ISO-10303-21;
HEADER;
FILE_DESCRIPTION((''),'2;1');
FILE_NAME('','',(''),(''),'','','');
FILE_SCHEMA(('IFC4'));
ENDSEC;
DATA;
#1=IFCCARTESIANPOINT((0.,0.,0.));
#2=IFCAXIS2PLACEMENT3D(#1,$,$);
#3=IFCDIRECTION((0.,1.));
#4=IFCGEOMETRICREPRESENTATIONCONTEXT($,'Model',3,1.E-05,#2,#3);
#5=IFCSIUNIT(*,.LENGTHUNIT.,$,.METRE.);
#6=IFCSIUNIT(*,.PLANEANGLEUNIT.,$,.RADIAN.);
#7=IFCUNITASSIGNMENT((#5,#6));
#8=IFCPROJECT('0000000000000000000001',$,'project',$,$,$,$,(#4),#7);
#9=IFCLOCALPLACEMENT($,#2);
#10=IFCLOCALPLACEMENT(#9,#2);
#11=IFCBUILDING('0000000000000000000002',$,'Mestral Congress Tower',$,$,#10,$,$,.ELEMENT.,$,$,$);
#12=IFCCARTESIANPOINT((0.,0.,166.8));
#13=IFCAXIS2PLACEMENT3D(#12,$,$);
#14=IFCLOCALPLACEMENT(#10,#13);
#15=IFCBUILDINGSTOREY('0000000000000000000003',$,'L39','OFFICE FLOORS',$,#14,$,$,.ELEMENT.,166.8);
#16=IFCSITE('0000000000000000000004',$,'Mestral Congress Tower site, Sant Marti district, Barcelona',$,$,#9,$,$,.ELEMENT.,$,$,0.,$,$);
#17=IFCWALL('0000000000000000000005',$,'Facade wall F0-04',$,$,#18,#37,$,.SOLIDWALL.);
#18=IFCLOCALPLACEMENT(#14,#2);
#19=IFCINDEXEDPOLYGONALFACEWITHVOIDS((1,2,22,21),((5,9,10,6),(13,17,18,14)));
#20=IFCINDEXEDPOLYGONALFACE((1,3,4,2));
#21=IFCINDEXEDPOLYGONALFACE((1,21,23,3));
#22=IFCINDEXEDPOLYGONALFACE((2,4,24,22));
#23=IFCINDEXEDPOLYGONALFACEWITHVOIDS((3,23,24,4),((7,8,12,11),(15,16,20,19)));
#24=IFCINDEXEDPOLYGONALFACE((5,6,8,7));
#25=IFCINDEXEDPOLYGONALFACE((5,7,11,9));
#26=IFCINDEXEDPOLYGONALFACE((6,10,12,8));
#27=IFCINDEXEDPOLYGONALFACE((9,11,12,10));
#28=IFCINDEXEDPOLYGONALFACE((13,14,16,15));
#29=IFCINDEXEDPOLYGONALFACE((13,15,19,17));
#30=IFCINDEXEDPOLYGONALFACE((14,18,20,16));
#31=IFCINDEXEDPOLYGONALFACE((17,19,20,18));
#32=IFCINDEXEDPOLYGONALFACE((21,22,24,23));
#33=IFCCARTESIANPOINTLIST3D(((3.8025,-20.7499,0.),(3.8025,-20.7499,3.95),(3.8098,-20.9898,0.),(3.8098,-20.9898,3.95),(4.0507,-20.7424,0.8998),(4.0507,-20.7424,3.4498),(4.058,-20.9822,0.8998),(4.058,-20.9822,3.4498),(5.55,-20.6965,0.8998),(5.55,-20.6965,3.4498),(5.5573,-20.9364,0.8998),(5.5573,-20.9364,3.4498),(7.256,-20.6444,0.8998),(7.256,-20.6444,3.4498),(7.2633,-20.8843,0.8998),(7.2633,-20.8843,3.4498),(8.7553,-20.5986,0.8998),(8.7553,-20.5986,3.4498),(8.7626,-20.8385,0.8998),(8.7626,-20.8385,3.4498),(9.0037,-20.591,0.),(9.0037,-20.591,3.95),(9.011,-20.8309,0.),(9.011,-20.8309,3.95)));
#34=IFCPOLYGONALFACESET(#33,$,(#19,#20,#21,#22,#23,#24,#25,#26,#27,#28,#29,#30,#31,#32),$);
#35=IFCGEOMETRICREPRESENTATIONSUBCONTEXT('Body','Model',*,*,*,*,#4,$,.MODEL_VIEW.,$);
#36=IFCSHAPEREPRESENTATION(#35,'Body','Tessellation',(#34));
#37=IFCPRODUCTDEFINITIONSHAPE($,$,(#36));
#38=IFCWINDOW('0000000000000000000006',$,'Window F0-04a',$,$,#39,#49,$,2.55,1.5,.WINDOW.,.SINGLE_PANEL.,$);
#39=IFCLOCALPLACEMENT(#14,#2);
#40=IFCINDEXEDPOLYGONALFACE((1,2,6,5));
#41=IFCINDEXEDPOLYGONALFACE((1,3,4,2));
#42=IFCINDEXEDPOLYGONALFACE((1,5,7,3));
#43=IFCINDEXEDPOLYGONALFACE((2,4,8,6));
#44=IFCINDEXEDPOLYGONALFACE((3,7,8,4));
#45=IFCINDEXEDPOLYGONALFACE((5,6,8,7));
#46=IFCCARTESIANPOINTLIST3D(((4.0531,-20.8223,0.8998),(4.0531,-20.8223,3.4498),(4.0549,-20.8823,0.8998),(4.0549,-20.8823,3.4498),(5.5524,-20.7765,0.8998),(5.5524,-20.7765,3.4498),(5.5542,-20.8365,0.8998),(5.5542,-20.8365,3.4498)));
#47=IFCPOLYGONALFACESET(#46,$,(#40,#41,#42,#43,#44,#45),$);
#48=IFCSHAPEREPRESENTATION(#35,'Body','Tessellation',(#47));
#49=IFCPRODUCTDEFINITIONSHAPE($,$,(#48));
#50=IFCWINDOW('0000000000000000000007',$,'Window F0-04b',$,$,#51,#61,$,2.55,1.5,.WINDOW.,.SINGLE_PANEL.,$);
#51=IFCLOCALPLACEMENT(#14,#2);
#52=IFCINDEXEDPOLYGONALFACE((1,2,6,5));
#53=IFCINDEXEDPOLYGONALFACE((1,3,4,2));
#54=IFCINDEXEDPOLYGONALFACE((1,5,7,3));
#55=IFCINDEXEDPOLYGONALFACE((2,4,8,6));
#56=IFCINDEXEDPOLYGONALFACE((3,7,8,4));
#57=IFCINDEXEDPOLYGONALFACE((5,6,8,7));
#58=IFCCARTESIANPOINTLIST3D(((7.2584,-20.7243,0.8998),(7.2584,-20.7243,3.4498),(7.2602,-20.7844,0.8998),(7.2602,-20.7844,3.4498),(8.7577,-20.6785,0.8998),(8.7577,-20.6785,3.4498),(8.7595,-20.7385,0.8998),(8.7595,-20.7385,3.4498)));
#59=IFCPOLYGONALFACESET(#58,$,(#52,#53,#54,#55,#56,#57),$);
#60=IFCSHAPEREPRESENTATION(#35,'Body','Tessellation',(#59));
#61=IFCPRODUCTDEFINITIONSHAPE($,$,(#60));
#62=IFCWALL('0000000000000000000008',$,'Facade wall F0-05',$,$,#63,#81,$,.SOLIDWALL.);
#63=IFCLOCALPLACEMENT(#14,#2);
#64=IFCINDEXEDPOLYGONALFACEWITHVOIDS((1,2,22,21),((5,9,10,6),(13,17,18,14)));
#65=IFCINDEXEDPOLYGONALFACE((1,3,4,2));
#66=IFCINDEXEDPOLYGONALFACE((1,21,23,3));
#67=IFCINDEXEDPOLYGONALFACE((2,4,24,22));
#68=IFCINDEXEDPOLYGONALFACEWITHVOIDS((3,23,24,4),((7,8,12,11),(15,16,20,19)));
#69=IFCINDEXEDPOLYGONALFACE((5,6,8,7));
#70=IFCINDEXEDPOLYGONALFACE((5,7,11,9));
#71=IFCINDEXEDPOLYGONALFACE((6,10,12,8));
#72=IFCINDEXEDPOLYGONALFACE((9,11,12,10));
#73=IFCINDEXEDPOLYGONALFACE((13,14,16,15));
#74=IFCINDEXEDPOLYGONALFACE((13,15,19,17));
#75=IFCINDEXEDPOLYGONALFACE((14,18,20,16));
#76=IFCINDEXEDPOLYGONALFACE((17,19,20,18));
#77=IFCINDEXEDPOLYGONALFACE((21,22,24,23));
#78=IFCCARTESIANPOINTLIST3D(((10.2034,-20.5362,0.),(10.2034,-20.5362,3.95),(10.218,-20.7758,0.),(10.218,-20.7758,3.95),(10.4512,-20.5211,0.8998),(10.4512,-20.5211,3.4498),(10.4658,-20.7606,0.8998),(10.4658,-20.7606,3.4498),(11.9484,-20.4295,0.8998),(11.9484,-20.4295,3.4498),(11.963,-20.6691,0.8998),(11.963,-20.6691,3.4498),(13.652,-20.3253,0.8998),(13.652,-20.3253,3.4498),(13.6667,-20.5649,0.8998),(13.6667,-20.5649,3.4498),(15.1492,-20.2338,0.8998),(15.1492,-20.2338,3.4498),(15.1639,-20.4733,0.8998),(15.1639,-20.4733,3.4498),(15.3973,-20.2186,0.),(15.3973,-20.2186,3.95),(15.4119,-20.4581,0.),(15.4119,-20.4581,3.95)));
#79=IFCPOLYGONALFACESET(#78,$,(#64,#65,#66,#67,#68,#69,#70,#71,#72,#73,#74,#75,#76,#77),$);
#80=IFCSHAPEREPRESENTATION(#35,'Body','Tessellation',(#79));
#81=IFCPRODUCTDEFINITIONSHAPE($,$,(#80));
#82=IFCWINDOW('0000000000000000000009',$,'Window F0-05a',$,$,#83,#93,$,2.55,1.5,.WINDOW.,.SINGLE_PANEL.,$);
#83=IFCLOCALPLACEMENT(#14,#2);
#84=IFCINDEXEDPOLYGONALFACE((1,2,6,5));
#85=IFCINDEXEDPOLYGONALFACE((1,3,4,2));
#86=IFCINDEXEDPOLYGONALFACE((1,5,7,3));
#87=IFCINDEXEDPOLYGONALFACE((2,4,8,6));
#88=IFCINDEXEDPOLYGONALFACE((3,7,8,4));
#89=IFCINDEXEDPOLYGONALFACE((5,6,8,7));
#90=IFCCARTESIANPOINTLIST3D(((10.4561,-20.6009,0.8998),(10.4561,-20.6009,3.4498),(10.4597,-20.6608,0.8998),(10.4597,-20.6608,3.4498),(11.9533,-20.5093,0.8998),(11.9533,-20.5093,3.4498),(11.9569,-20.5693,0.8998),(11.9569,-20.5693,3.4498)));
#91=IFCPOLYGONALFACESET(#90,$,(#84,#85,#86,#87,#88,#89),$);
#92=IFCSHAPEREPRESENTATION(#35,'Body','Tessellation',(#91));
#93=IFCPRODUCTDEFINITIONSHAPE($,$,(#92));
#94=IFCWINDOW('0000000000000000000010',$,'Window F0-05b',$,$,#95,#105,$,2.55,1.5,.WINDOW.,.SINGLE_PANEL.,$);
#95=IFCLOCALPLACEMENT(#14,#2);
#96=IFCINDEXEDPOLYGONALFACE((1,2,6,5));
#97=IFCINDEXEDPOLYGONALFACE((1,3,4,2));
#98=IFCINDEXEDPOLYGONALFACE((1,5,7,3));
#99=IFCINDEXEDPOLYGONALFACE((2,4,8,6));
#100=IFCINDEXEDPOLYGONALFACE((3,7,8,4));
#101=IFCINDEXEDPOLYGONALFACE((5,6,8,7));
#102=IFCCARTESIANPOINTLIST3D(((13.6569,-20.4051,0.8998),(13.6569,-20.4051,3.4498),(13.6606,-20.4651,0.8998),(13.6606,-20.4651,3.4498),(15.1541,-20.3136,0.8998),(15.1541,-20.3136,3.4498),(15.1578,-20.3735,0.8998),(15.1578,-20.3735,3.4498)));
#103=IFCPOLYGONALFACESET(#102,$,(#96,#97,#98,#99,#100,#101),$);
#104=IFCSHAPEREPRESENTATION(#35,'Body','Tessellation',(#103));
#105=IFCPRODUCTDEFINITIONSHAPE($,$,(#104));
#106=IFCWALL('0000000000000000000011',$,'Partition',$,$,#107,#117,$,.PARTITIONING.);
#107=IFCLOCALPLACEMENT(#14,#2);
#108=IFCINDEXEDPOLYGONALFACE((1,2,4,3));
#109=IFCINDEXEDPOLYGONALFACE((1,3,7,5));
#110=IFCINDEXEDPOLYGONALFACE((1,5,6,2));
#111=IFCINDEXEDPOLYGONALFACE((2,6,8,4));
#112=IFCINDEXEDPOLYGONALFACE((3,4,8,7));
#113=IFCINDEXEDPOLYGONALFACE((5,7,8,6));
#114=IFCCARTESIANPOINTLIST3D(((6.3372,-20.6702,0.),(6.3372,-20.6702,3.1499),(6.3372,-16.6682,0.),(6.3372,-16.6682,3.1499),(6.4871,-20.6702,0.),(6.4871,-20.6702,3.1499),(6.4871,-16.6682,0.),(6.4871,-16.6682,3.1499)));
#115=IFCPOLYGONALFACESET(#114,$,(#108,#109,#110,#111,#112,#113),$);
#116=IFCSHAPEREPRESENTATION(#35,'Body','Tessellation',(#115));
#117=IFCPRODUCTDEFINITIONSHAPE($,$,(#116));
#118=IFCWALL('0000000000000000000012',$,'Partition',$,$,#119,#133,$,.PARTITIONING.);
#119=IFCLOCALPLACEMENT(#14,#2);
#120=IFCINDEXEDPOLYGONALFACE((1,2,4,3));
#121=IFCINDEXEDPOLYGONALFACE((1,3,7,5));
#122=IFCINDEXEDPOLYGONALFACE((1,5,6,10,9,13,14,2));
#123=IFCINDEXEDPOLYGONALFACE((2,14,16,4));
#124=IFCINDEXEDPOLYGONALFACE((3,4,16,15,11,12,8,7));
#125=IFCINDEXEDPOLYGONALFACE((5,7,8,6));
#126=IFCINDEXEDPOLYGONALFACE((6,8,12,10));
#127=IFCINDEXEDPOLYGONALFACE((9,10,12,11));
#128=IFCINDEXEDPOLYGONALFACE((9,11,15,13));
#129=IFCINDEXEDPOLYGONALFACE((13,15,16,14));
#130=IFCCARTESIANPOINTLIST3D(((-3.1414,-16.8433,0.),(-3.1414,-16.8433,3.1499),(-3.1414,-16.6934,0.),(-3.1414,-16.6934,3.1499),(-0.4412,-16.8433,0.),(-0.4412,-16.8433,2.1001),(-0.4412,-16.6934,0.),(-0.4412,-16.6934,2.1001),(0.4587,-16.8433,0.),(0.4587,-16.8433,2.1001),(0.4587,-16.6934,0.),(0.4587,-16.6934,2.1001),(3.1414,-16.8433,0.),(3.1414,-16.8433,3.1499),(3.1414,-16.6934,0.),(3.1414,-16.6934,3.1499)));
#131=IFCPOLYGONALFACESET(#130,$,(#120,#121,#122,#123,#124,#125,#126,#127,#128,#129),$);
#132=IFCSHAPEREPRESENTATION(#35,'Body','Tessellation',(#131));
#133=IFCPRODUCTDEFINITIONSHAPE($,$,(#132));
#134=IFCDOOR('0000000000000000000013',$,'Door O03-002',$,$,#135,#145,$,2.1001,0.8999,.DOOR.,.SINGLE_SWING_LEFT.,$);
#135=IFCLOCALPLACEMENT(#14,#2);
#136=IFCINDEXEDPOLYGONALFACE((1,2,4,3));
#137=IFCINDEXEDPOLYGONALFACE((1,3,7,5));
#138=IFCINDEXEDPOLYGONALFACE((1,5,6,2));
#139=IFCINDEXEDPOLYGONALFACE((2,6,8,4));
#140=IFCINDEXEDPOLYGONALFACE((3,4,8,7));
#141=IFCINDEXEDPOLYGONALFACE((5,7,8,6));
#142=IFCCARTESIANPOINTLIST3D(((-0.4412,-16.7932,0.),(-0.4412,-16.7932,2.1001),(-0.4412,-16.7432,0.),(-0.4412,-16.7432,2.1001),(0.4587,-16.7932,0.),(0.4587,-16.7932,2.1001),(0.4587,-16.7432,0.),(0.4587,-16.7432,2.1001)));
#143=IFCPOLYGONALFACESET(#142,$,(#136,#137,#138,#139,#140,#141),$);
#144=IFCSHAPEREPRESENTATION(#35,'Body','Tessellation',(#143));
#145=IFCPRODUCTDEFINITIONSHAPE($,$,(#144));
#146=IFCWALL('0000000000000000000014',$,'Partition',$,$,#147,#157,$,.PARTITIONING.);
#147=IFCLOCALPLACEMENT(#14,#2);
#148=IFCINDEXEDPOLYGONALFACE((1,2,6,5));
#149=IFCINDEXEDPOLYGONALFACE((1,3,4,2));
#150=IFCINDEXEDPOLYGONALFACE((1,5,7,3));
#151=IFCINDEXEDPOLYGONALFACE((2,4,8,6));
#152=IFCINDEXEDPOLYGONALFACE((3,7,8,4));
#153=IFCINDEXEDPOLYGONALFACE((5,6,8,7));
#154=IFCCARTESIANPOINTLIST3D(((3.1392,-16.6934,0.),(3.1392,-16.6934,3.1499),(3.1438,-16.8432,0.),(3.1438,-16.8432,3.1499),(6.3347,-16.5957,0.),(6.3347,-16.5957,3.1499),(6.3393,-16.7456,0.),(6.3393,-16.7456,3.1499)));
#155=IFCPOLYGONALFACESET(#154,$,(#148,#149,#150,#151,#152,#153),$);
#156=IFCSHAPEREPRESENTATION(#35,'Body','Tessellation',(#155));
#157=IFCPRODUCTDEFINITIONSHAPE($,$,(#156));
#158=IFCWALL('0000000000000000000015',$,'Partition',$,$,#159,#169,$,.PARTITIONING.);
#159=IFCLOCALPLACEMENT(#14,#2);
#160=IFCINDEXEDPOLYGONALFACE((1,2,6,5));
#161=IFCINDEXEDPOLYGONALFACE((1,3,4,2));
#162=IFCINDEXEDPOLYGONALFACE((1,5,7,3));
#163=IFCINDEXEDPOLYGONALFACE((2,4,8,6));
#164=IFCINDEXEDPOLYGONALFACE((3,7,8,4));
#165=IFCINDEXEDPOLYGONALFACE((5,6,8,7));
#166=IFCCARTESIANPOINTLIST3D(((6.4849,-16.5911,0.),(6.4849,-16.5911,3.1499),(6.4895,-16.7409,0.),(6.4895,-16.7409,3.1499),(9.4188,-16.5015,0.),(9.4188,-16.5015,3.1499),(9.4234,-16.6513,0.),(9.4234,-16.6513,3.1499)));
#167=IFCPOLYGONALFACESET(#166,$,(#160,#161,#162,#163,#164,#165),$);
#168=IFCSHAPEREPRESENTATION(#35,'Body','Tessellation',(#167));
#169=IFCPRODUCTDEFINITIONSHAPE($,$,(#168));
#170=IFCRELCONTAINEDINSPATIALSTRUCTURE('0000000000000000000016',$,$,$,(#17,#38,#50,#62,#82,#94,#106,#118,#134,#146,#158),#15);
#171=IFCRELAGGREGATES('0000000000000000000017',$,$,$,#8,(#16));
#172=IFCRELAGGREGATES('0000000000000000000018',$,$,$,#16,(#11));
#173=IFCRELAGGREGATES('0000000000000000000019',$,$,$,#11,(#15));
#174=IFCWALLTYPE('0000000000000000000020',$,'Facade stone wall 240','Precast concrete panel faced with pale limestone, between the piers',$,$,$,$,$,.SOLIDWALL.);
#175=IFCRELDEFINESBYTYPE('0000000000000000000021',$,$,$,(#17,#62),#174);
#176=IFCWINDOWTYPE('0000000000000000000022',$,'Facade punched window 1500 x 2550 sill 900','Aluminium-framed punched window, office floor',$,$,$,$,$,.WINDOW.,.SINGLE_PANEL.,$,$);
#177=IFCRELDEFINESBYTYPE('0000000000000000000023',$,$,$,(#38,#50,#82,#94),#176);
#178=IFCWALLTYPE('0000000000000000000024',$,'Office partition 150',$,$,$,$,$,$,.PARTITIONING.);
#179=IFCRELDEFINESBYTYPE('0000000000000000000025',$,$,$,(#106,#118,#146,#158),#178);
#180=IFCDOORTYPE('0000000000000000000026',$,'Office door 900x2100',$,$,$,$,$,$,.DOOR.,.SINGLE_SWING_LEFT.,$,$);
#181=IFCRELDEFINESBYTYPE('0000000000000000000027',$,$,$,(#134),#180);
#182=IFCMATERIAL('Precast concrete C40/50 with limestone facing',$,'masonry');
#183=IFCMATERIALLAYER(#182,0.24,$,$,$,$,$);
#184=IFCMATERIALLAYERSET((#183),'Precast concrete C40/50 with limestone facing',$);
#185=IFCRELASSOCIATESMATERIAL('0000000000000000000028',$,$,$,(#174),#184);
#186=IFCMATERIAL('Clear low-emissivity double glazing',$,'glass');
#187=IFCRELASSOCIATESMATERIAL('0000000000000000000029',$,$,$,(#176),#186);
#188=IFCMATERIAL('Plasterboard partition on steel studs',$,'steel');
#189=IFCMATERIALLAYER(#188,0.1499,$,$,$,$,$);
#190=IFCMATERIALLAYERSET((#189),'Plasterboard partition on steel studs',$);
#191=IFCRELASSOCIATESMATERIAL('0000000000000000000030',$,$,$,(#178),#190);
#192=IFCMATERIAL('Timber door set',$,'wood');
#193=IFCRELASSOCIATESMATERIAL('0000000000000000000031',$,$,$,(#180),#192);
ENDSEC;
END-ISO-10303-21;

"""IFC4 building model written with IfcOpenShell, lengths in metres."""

from ifc_helpers import new_model, si_unit, direction, frame, frame_2d, origin, place, context, subcontext, project, spatial, rectangle, extrude, material, layer, layer_set, type_object, element, fill, save


model = new_model("IFC4")

# Units and contexts
model_context = context("Model", 3, precision=1e-05, world=origin(), true_north=direction((0.0, 1.0)))
body_context = subcontext(model_context, "Body", "Model", "MODEL_VIEW")
ifc_project = project(units=[si_unit("LENGTHUNIT", "METRE"), si_unit("PLANEANGLEUNIT", "RADIAN")], contexts=[model_context])

# Site, building, storey
site_placement = place(None, origin())
site = spatial("IfcSite", under=ifc_project, at=site_placement, Name="Mestral Congress Tower site, Sant Marti district, Barcelona", CompositionType="ELEMENT", RefElevation=0.0)
building_placement = place(site_placement, origin())
building = spatial("IfcBuilding", under=site, at=building_placement, Name="Mestral Congress Tower", CompositionType="ELEMENT")
storey_placement = place(building_placement, frame((0.0, 0.0, 166.8)))
storey = spatial("IfcBuildingStorey", under=building, at=storey_placement, Name="L39", Description="OFFICE FLOORS", CompositionType="ELEMENT", Elevation=166.8)

# Walls, openings, windows
ifc_material_1 = material(Name="Precast concrete C40/50 with limestone facing", Category="masonry")
ifc_layer_1 = layer(ifc_material_1, 0.24)
ifc_layer_set_1 = layer_set([ifc_layer_1], Name="Precast concrete C40/50 with limestone facing")
wall_type_1 = type_object("IfcWallType", Name="Facade stone wall 240", Description="Precast concrete panel faced with pale limestone, between the piers", PredefinedType="SOLIDWALL", material=ifc_layer_set_1)
wall_1_placement = place(storey_placement, frame((3.8062, -20.8699, 0.0), z_axis=(0.0, 0.0, 1.0), x_axis=(0.999533, 0.030543, 0.0)))
wall_1 = element("IfcWall", 1, at=wall_1_placement, inside=storey, type_object=wall_type_1, Name="Facade wall F0-04", PredefinedType="SOLIDWALL", context=body_context, shape_type="SweptSolid", body=[
    extrude(rectangle(XDim=5.2036, YDim=0.24, at=frame_2d((2.6018, 0.0))), origin(), (0.0, 0.0, 1.0), 3.95),
])
opening_1_placement = place(wall_1_placement, frame((0.2483, 0.0, 0.8999)))
opening_1 = element("IfcOpeningElement", 2, at=opening_1_placement, cuts=wall_1, PredefinedType="OPENING", context=body_context, shape_type="SweptSolid", body=[
    extrude(rectangle(XDim=1.5, YDim=2.55, at=frame_2d((0.75, 1.2749))), frame((0.0, 0.1299, 0.0), z_axis=(0.0, -1.0, 0.0), x_axis=(1.0, 0.0, 0.0)), (0.0, 0.0, 1.0), 0.26),
])
opening_2_placement = place(wall_1_placement, frame((3.4551, 0.0, 0.8999)))
opening_2 = element("IfcOpeningElement", 3, at=opening_2_placement, cuts=wall_1, PredefinedType="OPENING", context=body_context, shape_type="SweptSolid", body=[
    extrude(rectangle(XDim=1.5, YDim=2.55, at=frame_2d((0.75, 1.2749))), frame((0.0, 0.1299, 0.0), z_axis=(0.0, -1.0, 0.0), x_axis=(1.0, 0.0, 0.0)), (0.0, 0.0, 1.0), 0.26),
])
ifc_material_2 = material(Name="Clear low-emissivity double glazing", Category="glass")
window_type = type_object("IfcWindowType", Name="Facade punched window 1500 x 2550 sill 900", Description="Aluminium-framed punched window, office floor", PartitioningType="SINGLE_PANEL", PredefinedType="WINDOW", material=ifc_material_2)
window_1_placement = place(opening_1_placement, origin())
window_1 = element("IfcWindow", 4, at=window_1_placement, inside=storey, type_object=window_type, Name="Window F0-04a", OverallHeight=2.55, OverallWidth=1.5, PartitioningType="SINGLE_PANEL", PredefinedType="WINDOW", context=body_context, shape_type="SweptSolid", body=[
    extrude(rectangle(XDim=1.5, YDim=2.55, at=frame_2d((0.75, 1.2749))), frame((0.0, 0.04, 0.0), z_axis=(0.0, -1.0, 0.0), x_axis=(1.0, 0.0, 0.0)), (0.0, 0.0, 1.0), 0.0601),
])
fill(opening_1, window_1)
window_2_placement = place(opening_2_placement, origin())
window_2 = element("IfcWindow", 5, at=window_2_placement, inside=storey, type_object=window_type, Name="Window F0-04b", OverallHeight=2.55, OverallWidth=1.5, PartitioningType="SINGLE_PANEL", PredefinedType="WINDOW", context=body_context, shape_type="SweptSolid", body=[
    extrude(rectangle(XDim=1.5, YDim=2.55, at=frame_2d((0.75, 1.2749))), frame((0.0, 0.04, 0.0), z_axis=(0.0, -1.0, 0.0), x_axis=(1.0, 0.0, 0.0)), (0.0, 0.0, 1.0), 0.0601),
])
fill(opening_2, window_2)
wall_2_placement = place(storey_placement, frame((10.2107, -20.656, 0.0), z_axis=(0.0, 0.0, 1.0), x_axis=(0.998135, 0.06104, 0.0)))
wall_2 = element("IfcWall", 6, at=wall_2_placement, inside=storey, type_object=wall_type_1, Name="Facade wall F0-05", PredefinedType="SOLIDWALL", context=body_context, shape_type="SweptSolid", body=[
    extrude(rectangle(XDim=5.2036, YDim=0.24, at=frame_2d((2.6018, 0.0))), origin(), (0.0, 0.0, 1.0), 3.95),
])
opening_3_placement = place(wall_2_placement, frame((0.2483, 0.0, 0.8999)))
opening_3 = element("IfcOpeningElement", 7, at=opening_3_placement, cuts=wall_2, PredefinedType="OPENING", context=body_context, shape_type="SweptSolid", body=[
    extrude(rectangle(XDim=1.5, YDim=2.55, at=frame_2d((0.75, 1.2749))), frame((0.0, 0.1299, 0.0), z_axis=(0.0, -1.0, 0.0), x_axis=(1.0, 0.0, 0.0)), (0.0, 0.0, 1.0), 0.26),
])
opening_4_placement = place(wall_2_placement, frame((3.4551, 0.0, 0.8999)))
opening_4 = element("IfcOpeningElement", 8, at=opening_4_placement, cuts=wall_2, PredefinedType="OPENING", context=body_context, shape_type="SweptSolid", body=[
    extrude(rectangle(XDim=1.5, YDim=2.55, at=frame_2d((0.75, 1.2749))), frame((0.0, 0.1299, 0.0), z_axis=(0.0, -1.0, 0.0), x_axis=(1.0, 0.0, 0.0)), (0.0, 0.0, 1.0), 0.26),
])
window_3_placement = place(opening_3_placement, origin())
window_3 = element("IfcWindow", 9, at=window_3_placement, inside=storey, type_object=window_type, Name="Window F0-05a", OverallHeight=2.55, OverallWidth=1.5, PartitioningType="SINGLE_PANEL", PredefinedType="WINDOW", context=body_context, shape_type="SweptSolid", body=[
    extrude(rectangle(XDim=1.5, YDim=2.55, at=frame_2d((0.75, 1.2749))), frame((0.0, 0.04, 0.0), z_axis=(0.0, -1.0, 0.0), x_axis=(1.0, 0.0, 0.0)), (0.0, 0.0, 1.0), 0.0601),
])
fill(opening_3, window_3)
window_4_placement = place(opening_4_placement, origin())
window_4 = element("IfcWindow", 10, at=window_4_placement, inside=storey, type_object=window_type, Name="Window F0-05b", OverallHeight=2.55, OverallWidth=1.5, PartitioningType="SINGLE_PANEL", PredefinedType="WINDOW", context=body_context, shape_type="SweptSolid", body=[
    extrude(rectangle(XDim=1.5, YDim=2.55, at=frame_2d((0.75, 1.2749))), frame((0.0, 0.04, 0.0), z_axis=(0.0, -1.0, 0.0), x_axis=(1.0, 0.0, 0.0)), (0.0, 0.0, 1.0), 0.0601),
])
fill(opening_4, window_4)

# Wall
ifc_material_3 = material(Name="Plasterboard partition on steel studs", Category="steel")
ifc_layer_2 = layer(ifc_material_3, 0.1499)
ifc_layer_set_2 = layer_set([ifc_layer_2], Name="Plasterboard partition on steel studs")
wall_type_2 = type_object("IfcWallType", Name="Office partition 150", PredefinedType="PARTITIONING", material=ifc_layer_set_2)
wall_3_placement = place(storey_placement, frame((6.4121, -16.6682, 0.0), z_axis=(0.0, 0.0, 1.0), x_axis=(0.0, -1.0, 0.0)))
element("IfcWall", 11, at=wall_3_placement, inside=storey, type_object=wall_type_2, Name="Partition", PredefinedType="PARTITIONING", context=body_context, shape_type="SweptSolid", body=[
    extrude(rectangle(XDim=4.002, YDim=0.1499, at=frame_2d((2.001, 0.0))), origin(), (0.0, 0.0, 1.0), 3.1499),
])

# Wall, opening, door
wall_4_placement = place(storey_placement, frame((3.1414, -16.7683, 0.0), z_axis=(0.0, 0.0, 1.0), x_axis=(-1.0, 0.0, 0.0)))
wall_4 = element("IfcWall", 12, at=wall_4_placement, inside=storey, type_object=wall_type_2, Name="Partition", PredefinedType="PARTITIONING", context=body_context, shape_type="SweptSolid", body=[
    extrude(rectangle(XDim=6.2827, YDim=0.1499, at=frame_2d((3.1414, 0.0))), origin(), (0.0, 0.0, 1.0), 3.1499),
])
opening_5_placement = place(wall_4_placement, frame((2.6826, 0.0, 0.0)))
opening_5 = element("IfcOpeningElement", 13, at=opening_5_placement, cuts=wall_4, PredefinedType="OPENING", context=body_context, shape_type="SweptSolid", body=[
    extrude(rectangle(XDim=0.8999, YDim=2.1001, at=frame_2d((0.45, 1.05))), frame((0.0, 0.085, 0.0), z_axis=(0.0, -1.0, 0.0), x_axis=(1.0, 0.0, 0.0)), (0.0, 0.0, 1.0), 0.1699),
])
ifc_material_4 = material(Name="Timber door set", Category="wood")
door_type_1 = type_object("IfcDoorType", Name="Office door 900x2100", OperationType="SINGLE_SWING_LEFT", PredefinedType="DOOR", material=ifc_material_4)
door_1_placement = place(opening_5_placement, origin())
door_1 = element("IfcDoor", 14, at=door_1_placement, inside=storey, type_object=door_type_1, Name="Door O03-002", OperationType="SINGLE_SWING_LEFT", OverallHeight=2.1001, OverallWidth=0.8999, PredefinedType="DOOR", context=body_context, shape_type="SweptSolid", body=[
    extrude(rectangle(XDim=0.8999, YDim=2.1001, at=frame_2d((0.45, 1.05))), frame((0.0, 0.0249, 0.0), z_axis=(0.0, -1.0, 0.0), x_axis=(1.0, 0.0, 0.0)), (0.0, 0.0, 1.0), 0.05),
])
fill(opening_5, door_1)

# Walls
wall_5_placement = place(storey_placement, frame((3.1414, -16.7683, 0.0), z_axis=(0.0, 0.0, 1.0), x_axis=(0.999533, 0.030546, 0.0)))
element("IfcWall", 15, at=wall_5_placement, inside=storey, type_object=wall_type_2, Name="Partition", PredefinedType="PARTITIONING", context=body_context, shape_type="SweptSolid", body=[
    extrude(rectangle(XDim=3.197, YDim=0.1499, at=frame_2d((1.5986, 0.0))), origin(), (0.0, 0.0, 1.0), 3.1499),
])
wall_6_placement = place(storey_placement, frame((6.4871, -16.666, 0.0), z_axis=(0.0, 0.0, 1.0), x_axis=(0.999534, 0.030526, 0.0)))
element("IfcWall", 16, at=wall_6_placement, inside=storey, type_object=wall_type_2, Name="Partition", PredefinedType="PARTITIONING", context=body_context, shape_type="SweptSolid", body=[
    extrude(rectangle(XDim=2.9353, YDim=0.1499, at=frame_2d((1.4678, 0.0))), origin(), (0.0, 0.0, 1.0), 3.1499),
])

save(model, "model.ifc")
